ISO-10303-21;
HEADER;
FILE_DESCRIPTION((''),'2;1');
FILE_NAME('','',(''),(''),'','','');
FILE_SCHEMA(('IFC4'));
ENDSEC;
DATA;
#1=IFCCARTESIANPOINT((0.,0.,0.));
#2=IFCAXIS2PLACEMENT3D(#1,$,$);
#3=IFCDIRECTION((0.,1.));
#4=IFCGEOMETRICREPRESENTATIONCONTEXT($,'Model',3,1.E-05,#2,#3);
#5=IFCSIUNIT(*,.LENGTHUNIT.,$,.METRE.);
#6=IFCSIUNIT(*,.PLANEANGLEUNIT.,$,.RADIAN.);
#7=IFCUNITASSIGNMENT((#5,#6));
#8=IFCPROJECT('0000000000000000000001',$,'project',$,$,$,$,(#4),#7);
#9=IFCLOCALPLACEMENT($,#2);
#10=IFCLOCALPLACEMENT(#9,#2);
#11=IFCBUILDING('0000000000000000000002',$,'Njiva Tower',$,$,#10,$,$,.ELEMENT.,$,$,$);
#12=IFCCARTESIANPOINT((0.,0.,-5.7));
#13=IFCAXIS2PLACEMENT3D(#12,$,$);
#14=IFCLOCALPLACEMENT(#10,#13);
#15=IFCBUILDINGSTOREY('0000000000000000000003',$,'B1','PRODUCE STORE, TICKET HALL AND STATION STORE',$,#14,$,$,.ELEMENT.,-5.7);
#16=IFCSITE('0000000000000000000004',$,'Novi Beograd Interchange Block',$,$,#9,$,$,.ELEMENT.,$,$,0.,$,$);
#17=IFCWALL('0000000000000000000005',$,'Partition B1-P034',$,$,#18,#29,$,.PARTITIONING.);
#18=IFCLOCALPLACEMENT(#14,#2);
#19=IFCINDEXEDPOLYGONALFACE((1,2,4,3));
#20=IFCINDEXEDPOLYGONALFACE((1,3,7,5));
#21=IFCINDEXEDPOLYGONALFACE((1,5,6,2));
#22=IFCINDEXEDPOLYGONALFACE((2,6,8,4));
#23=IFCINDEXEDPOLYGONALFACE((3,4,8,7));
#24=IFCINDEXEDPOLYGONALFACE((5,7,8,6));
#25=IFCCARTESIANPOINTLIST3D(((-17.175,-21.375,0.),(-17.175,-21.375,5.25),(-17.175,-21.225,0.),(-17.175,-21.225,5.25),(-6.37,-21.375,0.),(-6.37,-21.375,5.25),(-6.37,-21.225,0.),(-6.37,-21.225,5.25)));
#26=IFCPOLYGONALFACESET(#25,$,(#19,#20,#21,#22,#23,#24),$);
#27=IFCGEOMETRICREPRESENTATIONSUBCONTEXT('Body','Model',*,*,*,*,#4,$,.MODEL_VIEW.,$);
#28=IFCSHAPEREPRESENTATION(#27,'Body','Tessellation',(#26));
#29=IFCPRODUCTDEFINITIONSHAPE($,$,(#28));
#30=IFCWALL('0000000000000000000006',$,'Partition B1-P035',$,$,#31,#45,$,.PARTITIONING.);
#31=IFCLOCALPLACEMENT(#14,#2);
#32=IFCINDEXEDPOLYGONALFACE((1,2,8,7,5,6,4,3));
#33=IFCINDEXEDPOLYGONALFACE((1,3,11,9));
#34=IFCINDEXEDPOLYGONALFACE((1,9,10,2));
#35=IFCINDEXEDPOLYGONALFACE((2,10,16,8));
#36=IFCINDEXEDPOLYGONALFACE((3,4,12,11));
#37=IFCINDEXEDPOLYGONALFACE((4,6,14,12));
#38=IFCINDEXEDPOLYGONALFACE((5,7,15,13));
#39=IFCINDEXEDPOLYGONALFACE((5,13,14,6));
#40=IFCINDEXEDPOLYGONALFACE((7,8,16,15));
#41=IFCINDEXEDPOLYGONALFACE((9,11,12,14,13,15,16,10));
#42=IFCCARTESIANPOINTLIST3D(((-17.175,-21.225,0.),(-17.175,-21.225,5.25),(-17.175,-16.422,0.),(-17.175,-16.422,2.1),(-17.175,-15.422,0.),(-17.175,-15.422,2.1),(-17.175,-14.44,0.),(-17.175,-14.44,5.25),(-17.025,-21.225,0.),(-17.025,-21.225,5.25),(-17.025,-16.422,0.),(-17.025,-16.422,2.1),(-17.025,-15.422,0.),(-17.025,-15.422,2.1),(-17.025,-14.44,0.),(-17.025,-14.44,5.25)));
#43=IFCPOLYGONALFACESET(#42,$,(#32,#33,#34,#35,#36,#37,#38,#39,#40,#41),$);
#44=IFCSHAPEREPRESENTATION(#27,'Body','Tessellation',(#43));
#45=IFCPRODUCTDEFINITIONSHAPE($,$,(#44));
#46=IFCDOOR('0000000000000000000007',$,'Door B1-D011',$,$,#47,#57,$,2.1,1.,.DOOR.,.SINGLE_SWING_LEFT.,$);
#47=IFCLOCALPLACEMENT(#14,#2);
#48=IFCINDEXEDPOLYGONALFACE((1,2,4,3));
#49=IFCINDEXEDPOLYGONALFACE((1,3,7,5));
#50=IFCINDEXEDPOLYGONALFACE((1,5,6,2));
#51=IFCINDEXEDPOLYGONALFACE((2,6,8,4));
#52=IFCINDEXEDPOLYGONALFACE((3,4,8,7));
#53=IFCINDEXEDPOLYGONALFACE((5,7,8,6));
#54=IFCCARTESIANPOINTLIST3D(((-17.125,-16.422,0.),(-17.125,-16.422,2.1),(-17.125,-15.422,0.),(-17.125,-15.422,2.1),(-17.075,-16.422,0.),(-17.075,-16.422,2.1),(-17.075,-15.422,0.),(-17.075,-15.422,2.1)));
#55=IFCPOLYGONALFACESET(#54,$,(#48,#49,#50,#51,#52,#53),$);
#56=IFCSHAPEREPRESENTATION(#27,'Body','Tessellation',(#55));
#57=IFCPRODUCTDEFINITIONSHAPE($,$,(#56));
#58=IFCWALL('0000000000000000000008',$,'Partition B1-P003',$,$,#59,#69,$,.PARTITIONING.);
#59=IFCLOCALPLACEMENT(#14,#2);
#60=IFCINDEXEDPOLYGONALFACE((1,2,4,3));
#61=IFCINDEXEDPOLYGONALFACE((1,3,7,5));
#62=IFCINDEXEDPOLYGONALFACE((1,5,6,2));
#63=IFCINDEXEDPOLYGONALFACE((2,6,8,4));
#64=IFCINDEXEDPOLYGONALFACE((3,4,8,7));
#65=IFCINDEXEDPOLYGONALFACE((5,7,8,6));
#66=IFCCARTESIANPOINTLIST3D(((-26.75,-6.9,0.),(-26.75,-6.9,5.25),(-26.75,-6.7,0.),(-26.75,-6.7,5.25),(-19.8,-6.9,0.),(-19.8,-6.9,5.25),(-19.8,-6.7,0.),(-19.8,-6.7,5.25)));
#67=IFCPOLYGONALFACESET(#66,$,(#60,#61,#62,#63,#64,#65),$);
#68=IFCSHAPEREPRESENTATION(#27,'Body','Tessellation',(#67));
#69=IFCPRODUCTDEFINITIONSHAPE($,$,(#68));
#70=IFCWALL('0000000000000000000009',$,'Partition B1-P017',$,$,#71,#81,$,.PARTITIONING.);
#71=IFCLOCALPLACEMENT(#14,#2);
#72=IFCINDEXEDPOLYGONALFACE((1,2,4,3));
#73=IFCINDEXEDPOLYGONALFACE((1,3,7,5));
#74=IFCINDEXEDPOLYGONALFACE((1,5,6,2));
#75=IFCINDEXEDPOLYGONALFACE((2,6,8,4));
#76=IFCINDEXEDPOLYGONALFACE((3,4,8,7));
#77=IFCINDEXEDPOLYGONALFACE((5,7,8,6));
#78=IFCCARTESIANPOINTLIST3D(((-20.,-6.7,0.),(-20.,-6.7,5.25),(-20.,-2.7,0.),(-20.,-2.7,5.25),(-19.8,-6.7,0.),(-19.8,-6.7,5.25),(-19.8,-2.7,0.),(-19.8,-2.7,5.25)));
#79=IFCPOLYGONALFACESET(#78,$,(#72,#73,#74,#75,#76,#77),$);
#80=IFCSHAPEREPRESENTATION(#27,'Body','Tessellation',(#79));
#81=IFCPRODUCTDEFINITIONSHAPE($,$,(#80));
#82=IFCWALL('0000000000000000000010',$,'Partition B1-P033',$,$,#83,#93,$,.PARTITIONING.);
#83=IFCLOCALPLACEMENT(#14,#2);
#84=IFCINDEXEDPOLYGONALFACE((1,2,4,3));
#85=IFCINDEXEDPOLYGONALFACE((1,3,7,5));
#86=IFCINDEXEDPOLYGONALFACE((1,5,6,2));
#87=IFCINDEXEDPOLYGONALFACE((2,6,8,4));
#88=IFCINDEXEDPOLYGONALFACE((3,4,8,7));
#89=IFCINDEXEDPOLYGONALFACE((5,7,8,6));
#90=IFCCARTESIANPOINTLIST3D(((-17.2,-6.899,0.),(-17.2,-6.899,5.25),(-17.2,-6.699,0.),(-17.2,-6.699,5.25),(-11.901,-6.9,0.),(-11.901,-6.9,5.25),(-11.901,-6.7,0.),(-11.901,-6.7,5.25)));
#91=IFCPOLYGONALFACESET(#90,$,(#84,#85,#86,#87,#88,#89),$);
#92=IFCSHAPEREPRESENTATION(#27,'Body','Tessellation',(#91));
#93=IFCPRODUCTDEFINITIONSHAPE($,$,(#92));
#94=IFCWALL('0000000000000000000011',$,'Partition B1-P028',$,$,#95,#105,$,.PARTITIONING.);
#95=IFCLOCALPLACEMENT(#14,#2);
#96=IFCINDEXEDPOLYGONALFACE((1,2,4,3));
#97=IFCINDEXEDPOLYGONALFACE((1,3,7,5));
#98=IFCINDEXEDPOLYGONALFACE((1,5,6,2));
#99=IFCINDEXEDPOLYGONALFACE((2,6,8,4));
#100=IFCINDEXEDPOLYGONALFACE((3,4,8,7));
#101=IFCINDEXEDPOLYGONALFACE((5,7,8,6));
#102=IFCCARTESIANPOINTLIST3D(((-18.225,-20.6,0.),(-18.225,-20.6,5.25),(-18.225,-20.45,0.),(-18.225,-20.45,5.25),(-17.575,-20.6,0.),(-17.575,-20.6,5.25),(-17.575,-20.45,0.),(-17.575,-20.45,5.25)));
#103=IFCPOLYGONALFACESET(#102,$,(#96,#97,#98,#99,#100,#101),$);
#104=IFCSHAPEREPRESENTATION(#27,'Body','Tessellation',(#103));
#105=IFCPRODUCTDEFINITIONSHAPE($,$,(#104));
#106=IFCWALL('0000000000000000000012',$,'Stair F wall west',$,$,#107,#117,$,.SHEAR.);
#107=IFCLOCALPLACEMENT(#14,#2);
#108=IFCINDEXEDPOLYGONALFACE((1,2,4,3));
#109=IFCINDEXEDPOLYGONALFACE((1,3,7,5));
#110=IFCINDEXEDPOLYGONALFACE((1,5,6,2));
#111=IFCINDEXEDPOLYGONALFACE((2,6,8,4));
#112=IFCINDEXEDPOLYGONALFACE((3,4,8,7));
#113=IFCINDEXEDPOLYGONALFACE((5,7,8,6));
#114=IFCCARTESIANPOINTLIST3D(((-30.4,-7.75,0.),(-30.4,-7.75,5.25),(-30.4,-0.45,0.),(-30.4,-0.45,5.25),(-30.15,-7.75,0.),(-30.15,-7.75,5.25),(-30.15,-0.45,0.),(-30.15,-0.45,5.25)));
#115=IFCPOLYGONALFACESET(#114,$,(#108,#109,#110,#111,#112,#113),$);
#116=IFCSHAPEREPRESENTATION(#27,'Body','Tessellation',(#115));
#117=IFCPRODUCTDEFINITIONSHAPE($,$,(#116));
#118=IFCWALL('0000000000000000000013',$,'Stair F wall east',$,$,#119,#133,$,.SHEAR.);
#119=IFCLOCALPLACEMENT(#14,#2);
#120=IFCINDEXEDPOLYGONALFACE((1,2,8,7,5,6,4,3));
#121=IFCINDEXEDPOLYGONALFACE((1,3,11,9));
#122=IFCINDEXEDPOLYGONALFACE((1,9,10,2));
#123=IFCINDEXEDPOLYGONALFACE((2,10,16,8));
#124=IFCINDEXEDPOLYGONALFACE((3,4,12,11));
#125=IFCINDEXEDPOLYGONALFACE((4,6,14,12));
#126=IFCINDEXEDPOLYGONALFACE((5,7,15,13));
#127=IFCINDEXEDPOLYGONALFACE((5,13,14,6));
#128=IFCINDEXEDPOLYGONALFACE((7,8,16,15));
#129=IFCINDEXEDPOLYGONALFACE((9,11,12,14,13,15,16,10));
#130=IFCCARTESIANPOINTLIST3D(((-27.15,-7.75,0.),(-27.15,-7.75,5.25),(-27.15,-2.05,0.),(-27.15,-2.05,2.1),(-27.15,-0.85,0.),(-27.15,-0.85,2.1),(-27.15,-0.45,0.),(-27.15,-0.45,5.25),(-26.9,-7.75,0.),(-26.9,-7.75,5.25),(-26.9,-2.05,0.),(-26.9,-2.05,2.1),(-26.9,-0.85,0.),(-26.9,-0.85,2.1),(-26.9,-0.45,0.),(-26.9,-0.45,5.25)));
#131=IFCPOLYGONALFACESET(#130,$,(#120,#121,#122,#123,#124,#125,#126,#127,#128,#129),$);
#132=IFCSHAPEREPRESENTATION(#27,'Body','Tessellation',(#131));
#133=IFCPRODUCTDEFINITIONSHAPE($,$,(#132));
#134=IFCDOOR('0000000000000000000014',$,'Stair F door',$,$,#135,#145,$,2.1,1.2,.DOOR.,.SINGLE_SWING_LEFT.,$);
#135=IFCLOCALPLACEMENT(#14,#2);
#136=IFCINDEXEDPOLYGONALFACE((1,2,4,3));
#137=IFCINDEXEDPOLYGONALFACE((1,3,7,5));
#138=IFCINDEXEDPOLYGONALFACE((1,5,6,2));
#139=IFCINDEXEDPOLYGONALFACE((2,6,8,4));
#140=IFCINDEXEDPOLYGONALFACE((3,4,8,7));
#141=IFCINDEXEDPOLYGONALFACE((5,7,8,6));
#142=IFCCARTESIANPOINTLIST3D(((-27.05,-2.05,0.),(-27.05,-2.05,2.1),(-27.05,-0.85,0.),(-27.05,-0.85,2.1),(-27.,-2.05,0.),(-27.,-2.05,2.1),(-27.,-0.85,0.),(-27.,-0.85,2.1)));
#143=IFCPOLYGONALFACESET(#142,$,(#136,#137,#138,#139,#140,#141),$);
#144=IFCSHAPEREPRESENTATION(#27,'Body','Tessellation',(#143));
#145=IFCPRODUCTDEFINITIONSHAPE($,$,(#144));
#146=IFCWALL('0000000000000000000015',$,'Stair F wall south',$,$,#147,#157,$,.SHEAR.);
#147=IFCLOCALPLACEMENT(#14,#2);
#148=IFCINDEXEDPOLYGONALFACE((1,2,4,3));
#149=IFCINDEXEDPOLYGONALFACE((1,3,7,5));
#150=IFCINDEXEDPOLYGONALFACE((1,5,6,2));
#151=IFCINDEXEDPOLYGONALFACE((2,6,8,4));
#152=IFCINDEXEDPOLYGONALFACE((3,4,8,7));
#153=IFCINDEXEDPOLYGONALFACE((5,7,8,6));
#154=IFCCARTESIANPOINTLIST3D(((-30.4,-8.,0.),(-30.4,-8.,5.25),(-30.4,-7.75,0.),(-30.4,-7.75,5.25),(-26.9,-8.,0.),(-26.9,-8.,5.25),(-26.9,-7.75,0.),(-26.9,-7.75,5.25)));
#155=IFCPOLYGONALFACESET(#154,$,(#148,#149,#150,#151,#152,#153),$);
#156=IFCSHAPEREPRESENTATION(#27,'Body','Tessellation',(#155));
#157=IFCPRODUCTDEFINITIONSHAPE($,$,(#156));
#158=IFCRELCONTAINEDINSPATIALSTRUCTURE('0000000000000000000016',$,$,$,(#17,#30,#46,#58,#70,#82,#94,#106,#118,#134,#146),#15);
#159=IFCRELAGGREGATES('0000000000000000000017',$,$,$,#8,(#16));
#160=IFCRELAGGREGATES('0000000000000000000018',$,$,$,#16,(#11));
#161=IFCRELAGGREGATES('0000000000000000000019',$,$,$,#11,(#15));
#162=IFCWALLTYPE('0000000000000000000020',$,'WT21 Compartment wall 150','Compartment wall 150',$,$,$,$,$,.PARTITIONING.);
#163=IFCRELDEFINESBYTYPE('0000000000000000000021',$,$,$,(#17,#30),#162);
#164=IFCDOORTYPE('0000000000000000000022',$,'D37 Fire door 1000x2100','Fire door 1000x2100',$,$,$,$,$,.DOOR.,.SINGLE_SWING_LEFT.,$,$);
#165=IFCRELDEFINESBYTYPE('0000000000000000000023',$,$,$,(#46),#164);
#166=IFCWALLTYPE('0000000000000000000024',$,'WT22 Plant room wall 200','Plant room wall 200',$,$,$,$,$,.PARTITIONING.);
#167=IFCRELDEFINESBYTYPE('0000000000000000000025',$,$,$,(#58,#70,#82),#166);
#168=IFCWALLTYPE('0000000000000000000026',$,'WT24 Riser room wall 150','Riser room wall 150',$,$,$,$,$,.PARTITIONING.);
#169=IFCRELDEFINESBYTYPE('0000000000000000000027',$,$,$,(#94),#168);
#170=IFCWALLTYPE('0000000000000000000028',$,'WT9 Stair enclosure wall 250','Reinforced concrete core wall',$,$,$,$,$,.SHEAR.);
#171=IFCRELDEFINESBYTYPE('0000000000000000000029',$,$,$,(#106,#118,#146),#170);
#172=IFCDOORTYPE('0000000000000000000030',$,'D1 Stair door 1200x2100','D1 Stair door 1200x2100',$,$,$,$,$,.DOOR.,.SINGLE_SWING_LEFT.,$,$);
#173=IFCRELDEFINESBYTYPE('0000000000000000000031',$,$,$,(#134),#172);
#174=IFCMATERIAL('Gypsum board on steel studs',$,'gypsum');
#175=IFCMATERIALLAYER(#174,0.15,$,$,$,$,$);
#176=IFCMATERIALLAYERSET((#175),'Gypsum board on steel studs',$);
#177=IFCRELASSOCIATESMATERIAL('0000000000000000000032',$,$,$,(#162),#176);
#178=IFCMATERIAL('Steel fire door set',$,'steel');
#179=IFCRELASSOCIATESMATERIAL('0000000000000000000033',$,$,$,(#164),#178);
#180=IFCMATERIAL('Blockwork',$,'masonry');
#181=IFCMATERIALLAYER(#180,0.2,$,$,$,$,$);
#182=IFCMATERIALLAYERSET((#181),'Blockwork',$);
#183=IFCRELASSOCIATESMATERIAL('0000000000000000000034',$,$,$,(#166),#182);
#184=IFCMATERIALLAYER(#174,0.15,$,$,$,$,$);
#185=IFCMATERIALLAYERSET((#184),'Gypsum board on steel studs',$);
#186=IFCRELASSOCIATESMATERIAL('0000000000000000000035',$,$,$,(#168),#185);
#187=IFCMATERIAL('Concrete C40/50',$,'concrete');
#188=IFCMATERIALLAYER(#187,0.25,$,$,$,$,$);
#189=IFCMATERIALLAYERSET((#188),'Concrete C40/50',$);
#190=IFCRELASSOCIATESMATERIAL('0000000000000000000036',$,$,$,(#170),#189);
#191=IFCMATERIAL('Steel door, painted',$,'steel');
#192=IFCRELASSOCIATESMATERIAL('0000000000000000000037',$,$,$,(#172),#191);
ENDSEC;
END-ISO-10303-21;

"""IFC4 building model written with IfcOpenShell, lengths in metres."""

from ifc_helpers import new_model, si_unit, direction, frame, frame_2d, origin, place, context, subcontext, project, spatial, rectangle, extrude, material, layer, layer_set, type_object, element, fill, save


model = new_model("IFC4")

# Units and contexts
model_context = context("Model", 3, precision=1e-05, world=origin(), true_north=direction((0.0, 1.0)))
body_context = subcontext(model_context, "Body", "Model", "MODEL_VIEW")
ifc_project = project(units=[si_unit("LENGTHUNIT", "METRE"), si_unit("PLANEANGLEUNIT", "RADIAN")], contexts=[model_context])

# Site, building, storey
site_placement = place(None, origin())
site = spatial("IfcSite", under=ifc_project, at=site_placement, Name="Novi Beograd Interchange Block", CompositionType="ELEMENT", RefElevation=0.0)
building_placement = place(site_placement, origin())
building = spatial("IfcBuilding", under=site, at=building_placement, Name="Njiva Tower", CompositionType="ELEMENT")
storey_placement = place(building_placement, frame((0.0, 0.0, -5.7)))
storey = spatial("IfcBuildingStorey", under=building, at=storey_placement, Name="B1", Description="PRODUCE STORE, TICKET HALL AND STATION STORE", CompositionType="ELEMENT", Elevation=-5.7)

# Shared definitions
ifc_material_1 = material(Name="Gypsum board on steel studs", Category="gypsum")
ifc_layer_1 = layer(ifc_material_1, 0.15)
ifc_layer_set_1 = layer_set([ifc_layer_1], Name="Gypsum board on steel studs")
wall_type_1 = type_object("IfcWallType", Name="WT21 Compartment wall 150", Description="Compartment wall 150", PredefinedType="PARTITIONING", material=ifc_layer_set_1)

# Shared definitions
ifc_material_2 = material(Name="Steel fire door set", Category="steel")
door_type_1 = type_object("IfcDoorType", Name="D37 Fire door 1000x2100", Description="Fire door 1000x2100", OperationType="SINGLE_SWING_LEFT", PredefinedType="DOOR", material=ifc_material_2)

# Wall
wall_1_placement = place(storey_placement, frame((-17.175, -21.3, 0.0), z_axis=(0.0, 0.0, 1.0), x_axis=(1.0, 0.0, 0.0)))
element("IfcWall", 1, at=wall_1_placement, inside=storey, type_object=wall_type_1, Name="Partition B1-P034", PredefinedType="PARTITIONING", context=body_context, shape_type="SweptSolid", body=[
    extrude(rectangle(XDim=10.805, YDim=0.15, at=frame_2d((5.4025, 0.0))), origin(), (0.0, 0.0, 1.0), 5.25),
])

# Wall, opening, door
wall_2_placement = place(storey_placement, frame((-17.1, -21.225, 0.0), z_axis=(0.0, 0.0, 1.0), x_axis=(0.0, 1.0, 0.0)))
wall_2 = element("IfcWall", 2, at=wall_2_placement, inside=storey, type_object=wall_type_1, Name="Partition B1-P035", PredefinedType="PARTITIONING", context=body_context, shape_type="SweptSolid", body=[
    extrude(rectangle(XDim=6.785, YDim=0.15, at=frame_2d((3.3925, 0.0))), origin(), (0.0, 0.0, 1.0), 5.25),
])
opening_1_placement = place(wall_2_placement, frame((4.803, 0.0, 0.0)))
opening_1 = element("IfcOpeningElement", 3, at=opening_1_placement, cuts=wall_2, PredefinedType="OPENING", context=body_context, shape_type="SweptSolid", body=[
    extrude(rectangle(XDim=1.0, YDim=2.1, at=frame_2d((0.5, 1.05))), frame((0.0, 0.085, 0.0), z_axis=(0.0, -1.0, 0.0), x_axis=(1.0, 0.0, 0.0)), (0.0, 0.0, 1.0), 0.17),
])
door_1_placement = place(opening_1_placement, origin())
door_1 = element("IfcDoor", 4, at=door_1_placement, inside=storey, type_object=door_type_1, Name="Door B1-D011", OperationType="SINGLE_SWING_LEFT", OverallHeight=2.1, OverallWidth=1.0, PredefinedType="DOOR", context=body_context, shape_type="SweptSolid", body=[
    extrude(rectangle(XDim=1.0, YDim=2.1, at=frame_2d((0.5, 1.05))), frame((0.0, 0.025, 0.0), z_axis=(0.0, -1.0, 0.0), x_axis=(1.0, 0.0, 0.0)), (0.0, 0.0, 1.0), 0.05),
])
fill(opening_1, door_1)

# Walls
ifc_material_3 = material(Name="Blockwork", Category="masonry")
ifc_layer_2 = layer(ifc_material_3, 0.2)
ifc_layer_set_2 = layer_set([ifc_layer_2], Name="Blockwork")
wall_type_2 = type_object("IfcWallType", Name="WT22 Plant room wall 200", Description="Plant room wall 200", PredefinedType="PARTITIONING", material=ifc_layer_set_2)
wall_3_placement = place(storey_placement, frame((-26.75, -6.8, 0.0), z_axis=(0.0, 0.0, 1.0), x_axis=(1.0, 0.0, 0.0)))
element("IfcWall", 5, at=wall_3_placement, inside=storey, type_object=wall_type_2, Name="Partition B1-P003", PredefinedType="PARTITIONING", context=body_context, shape_type="SweptSolid", body=[
    extrude(rectangle(XDim=6.95, YDim=0.2, at=frame_2d((3.475, 0.0))), origin(), (0.0, 0.0, 1.0), 5.25),
])
wall_4_placement = place(storey_placement, frame((-19.9, -6.7, 0.0), z_axis=(0.0, 0.0, 1.0), x_axis=(0.0, 1.0, 0.0)))
element("IfcWall", 6, at=wall_4_placement, inside=storey, type_object=wall_type_2, Name="Partition B1-P017", PredefinedType="PARTITIONING", context=body_context, shape_type="SweptSolid", body=[
    extrude(rectangle(XDim=4.0, YDim=0.2, at=frame_2d((2.0, 0.0))), origin(), (0.0, 0.0, 1.0), 5.25),
])
wall_5_placement = place(storey_placement, frame((-17.2, -6.799, 0.0), z_axis=(0.0, 0.0, 1.0), x_axis=(1.0, -0.000189, 0.0)))
element("IfcWall", 7, at=wall_5_placement, inside=storey, type_object=wall_type_2, Name="Partition B1-P033", PredefinedType="PARTITIONING", context=body_context, shape_type="SweptSolid", body=[
    extrude(rectangle(XDim=5.299, YDim=0.2, at=frame_2d((2.6495, 0.0))), origin(), (0.0, 0.0, 1.0), 5.25),
])
ifc_layer_3 = layer(ifc_material_1, 0.15)
ifc_layer_set_3 = layer_set([ifc_layer_3], Name="Gypsum board on steel studs")
wall_type_3 = type_object("IfcWallType", Name="WT24 Riser room wall 150", Description="Riser room wall 150", PredefinedType="PARTITIONING", material=ifc_layer_set_3)
wall_6_placement = place(storey_placement, frame((-18.225, -20.525, 0.0), z_axis=(0.0, 0.0, 1.0), x_axis=(1.0, 0.0, 0.0)))
element("IfcWall", 8, at=wall_6_placement, inside=storey, type_object=wall_type_3, Name="Partition B1-P028", PredefinedType="PARTITIONING", context=body_context, shape_type="SweptSolid", body=[
    extrude(rectangle(XDim=0.65, YDim=0.15, at=frame_2d((0.325, 0.0))), origin(), (0.0, 0.0, 1.0), 5.25),
])
ifc_material_4 = material(Name="Concrete C40/50", Category="concrete")
ifc_layer_4 = layer(ifc_material_4, 0.25)
ifc_layer_set_4 = layer_set([ifc_layer_4], Name="Concrete C40/50")
wall_type_4 = type_object("IfcWallType", Name="WT9 Stair enclosure wall 250", Description="Reinforced concrete core wall", PredefinedType="SHEAR", material=ifc_layer_set_4)
wall_7_placement = place(storey_placement, frame((-30.275, -7.75, 0.0), z_axis=(0.0, 0.0, 1.0), x_axis=(0.0, 1.0, 0.0)))
element("IfcWall", 9, at=wall_7_placement, inside=storey, type_object=wall_type_4, Name="Stair F wall west", PredefinedType="SHEAR", context=body_context, shape_type="SweptSolid", body=[
    extrude(rectangle(XDim=7.3, YDim=0.25, at=frame_2d((3.65, 0.0))), origin(), (0.0, 0.0, 1.0), 5.25),
])

# Wall, opening, door
wall_8_placement = place(storey_placement, frame((-27.025, -7.75, 0.0), z_axis=(0.0, 0.0, 1.0), x_axis=(0.0, 1.0, 0.0)))
wall_8 = element("IfcWall", 10, at=wall_8_placement, inside=storey, type_object=wall_type_4, Name="Stair F wall east", PredefinedType="SHEAR", context=body_context, shape_type="SweptSolid", body=[
    extrude(rectangle(XDim=7.3, YDim=0.25, at=frame_2d((3.65, 0.0))), origin(), (0.0, 0.0, 1.0), 5.25),
])
opening_2_placement = place(wall_8_placement, frame((5.7, 0.0, 0.0)))
opening_2 = element("IfcOpeningElement", 11, at=opening_2_placement, cuts=wall_8, PredefinedType="OPENING", context=body_context, shape_type="SweptSolid", body=[
    extrude(rectangle(XDim=1.2, YDim=2.1, at=frame_2d((0.6, 1.05))), frame((0.0, 0.135, 0.0), z_axis=(0.0, -1.0, 0.0), x_axis=(1.0, 0.0, 0.0)), (0.0, 0.0, 1.0), 0.27),
])
ifc_material_5 = material(Name="Steel door, painted", Category="steel")
door_type_2 = type_object("IfcDoorType", Name="D1 Stair door 1200x2100", Description="D1 Stair door 1200x2100", OperationType="SINGLE_SWING_LEFT", PredefinedType="DOOR", material=ifc_material_5)
door_2_placement = place(opening_2_placement, origin())
door_2 = element("IfcDoor", 12, at=door_2_placement, inside=storey, type_object=door_type_2, Name="Stair F door", OperationType="SINGLE_SWING_LEFT", OverallHeight=2.1, OverallWidth=1.2, PredefinedType="DOOR", context=body_context, shape_type="SweptSolid", body=[
    extrude(rectangle(XDim=1.2, YDim=2.1, at=frame_2d((0.6, 1.05))), frame((0.0, 0.025, 0.0), z_axis=(0.0, -1.0, 0.0), x_axis=(1.0, 0.0, 0.0)), (0.0, 0.0, 1.0), 0.05),
])
fill(opening_2, door_2)

# Wall
wall_9_placement = place(storey_placement, frame((-30.4, -7.875, 0.0), z_axis=(0.0, 0.0, 1.0), x_axis=(1.0, 0.0, 0.0)))
element("IfcWall", 13, at=wall_9_placement, inside=storey, type_object=wall_type_4, Name="Stair F wall south", PredefinedType="SHEAR", context=body_context, shape_type="SweptSolid", body=[
    extrude(rectangle(XDim=3.5, YDim=0.25, at=frame_2d((1.75, 0.0))), origin(), (0.0, 0.0, 1.0), 5.25),
])

save(model, "model.ifc")
